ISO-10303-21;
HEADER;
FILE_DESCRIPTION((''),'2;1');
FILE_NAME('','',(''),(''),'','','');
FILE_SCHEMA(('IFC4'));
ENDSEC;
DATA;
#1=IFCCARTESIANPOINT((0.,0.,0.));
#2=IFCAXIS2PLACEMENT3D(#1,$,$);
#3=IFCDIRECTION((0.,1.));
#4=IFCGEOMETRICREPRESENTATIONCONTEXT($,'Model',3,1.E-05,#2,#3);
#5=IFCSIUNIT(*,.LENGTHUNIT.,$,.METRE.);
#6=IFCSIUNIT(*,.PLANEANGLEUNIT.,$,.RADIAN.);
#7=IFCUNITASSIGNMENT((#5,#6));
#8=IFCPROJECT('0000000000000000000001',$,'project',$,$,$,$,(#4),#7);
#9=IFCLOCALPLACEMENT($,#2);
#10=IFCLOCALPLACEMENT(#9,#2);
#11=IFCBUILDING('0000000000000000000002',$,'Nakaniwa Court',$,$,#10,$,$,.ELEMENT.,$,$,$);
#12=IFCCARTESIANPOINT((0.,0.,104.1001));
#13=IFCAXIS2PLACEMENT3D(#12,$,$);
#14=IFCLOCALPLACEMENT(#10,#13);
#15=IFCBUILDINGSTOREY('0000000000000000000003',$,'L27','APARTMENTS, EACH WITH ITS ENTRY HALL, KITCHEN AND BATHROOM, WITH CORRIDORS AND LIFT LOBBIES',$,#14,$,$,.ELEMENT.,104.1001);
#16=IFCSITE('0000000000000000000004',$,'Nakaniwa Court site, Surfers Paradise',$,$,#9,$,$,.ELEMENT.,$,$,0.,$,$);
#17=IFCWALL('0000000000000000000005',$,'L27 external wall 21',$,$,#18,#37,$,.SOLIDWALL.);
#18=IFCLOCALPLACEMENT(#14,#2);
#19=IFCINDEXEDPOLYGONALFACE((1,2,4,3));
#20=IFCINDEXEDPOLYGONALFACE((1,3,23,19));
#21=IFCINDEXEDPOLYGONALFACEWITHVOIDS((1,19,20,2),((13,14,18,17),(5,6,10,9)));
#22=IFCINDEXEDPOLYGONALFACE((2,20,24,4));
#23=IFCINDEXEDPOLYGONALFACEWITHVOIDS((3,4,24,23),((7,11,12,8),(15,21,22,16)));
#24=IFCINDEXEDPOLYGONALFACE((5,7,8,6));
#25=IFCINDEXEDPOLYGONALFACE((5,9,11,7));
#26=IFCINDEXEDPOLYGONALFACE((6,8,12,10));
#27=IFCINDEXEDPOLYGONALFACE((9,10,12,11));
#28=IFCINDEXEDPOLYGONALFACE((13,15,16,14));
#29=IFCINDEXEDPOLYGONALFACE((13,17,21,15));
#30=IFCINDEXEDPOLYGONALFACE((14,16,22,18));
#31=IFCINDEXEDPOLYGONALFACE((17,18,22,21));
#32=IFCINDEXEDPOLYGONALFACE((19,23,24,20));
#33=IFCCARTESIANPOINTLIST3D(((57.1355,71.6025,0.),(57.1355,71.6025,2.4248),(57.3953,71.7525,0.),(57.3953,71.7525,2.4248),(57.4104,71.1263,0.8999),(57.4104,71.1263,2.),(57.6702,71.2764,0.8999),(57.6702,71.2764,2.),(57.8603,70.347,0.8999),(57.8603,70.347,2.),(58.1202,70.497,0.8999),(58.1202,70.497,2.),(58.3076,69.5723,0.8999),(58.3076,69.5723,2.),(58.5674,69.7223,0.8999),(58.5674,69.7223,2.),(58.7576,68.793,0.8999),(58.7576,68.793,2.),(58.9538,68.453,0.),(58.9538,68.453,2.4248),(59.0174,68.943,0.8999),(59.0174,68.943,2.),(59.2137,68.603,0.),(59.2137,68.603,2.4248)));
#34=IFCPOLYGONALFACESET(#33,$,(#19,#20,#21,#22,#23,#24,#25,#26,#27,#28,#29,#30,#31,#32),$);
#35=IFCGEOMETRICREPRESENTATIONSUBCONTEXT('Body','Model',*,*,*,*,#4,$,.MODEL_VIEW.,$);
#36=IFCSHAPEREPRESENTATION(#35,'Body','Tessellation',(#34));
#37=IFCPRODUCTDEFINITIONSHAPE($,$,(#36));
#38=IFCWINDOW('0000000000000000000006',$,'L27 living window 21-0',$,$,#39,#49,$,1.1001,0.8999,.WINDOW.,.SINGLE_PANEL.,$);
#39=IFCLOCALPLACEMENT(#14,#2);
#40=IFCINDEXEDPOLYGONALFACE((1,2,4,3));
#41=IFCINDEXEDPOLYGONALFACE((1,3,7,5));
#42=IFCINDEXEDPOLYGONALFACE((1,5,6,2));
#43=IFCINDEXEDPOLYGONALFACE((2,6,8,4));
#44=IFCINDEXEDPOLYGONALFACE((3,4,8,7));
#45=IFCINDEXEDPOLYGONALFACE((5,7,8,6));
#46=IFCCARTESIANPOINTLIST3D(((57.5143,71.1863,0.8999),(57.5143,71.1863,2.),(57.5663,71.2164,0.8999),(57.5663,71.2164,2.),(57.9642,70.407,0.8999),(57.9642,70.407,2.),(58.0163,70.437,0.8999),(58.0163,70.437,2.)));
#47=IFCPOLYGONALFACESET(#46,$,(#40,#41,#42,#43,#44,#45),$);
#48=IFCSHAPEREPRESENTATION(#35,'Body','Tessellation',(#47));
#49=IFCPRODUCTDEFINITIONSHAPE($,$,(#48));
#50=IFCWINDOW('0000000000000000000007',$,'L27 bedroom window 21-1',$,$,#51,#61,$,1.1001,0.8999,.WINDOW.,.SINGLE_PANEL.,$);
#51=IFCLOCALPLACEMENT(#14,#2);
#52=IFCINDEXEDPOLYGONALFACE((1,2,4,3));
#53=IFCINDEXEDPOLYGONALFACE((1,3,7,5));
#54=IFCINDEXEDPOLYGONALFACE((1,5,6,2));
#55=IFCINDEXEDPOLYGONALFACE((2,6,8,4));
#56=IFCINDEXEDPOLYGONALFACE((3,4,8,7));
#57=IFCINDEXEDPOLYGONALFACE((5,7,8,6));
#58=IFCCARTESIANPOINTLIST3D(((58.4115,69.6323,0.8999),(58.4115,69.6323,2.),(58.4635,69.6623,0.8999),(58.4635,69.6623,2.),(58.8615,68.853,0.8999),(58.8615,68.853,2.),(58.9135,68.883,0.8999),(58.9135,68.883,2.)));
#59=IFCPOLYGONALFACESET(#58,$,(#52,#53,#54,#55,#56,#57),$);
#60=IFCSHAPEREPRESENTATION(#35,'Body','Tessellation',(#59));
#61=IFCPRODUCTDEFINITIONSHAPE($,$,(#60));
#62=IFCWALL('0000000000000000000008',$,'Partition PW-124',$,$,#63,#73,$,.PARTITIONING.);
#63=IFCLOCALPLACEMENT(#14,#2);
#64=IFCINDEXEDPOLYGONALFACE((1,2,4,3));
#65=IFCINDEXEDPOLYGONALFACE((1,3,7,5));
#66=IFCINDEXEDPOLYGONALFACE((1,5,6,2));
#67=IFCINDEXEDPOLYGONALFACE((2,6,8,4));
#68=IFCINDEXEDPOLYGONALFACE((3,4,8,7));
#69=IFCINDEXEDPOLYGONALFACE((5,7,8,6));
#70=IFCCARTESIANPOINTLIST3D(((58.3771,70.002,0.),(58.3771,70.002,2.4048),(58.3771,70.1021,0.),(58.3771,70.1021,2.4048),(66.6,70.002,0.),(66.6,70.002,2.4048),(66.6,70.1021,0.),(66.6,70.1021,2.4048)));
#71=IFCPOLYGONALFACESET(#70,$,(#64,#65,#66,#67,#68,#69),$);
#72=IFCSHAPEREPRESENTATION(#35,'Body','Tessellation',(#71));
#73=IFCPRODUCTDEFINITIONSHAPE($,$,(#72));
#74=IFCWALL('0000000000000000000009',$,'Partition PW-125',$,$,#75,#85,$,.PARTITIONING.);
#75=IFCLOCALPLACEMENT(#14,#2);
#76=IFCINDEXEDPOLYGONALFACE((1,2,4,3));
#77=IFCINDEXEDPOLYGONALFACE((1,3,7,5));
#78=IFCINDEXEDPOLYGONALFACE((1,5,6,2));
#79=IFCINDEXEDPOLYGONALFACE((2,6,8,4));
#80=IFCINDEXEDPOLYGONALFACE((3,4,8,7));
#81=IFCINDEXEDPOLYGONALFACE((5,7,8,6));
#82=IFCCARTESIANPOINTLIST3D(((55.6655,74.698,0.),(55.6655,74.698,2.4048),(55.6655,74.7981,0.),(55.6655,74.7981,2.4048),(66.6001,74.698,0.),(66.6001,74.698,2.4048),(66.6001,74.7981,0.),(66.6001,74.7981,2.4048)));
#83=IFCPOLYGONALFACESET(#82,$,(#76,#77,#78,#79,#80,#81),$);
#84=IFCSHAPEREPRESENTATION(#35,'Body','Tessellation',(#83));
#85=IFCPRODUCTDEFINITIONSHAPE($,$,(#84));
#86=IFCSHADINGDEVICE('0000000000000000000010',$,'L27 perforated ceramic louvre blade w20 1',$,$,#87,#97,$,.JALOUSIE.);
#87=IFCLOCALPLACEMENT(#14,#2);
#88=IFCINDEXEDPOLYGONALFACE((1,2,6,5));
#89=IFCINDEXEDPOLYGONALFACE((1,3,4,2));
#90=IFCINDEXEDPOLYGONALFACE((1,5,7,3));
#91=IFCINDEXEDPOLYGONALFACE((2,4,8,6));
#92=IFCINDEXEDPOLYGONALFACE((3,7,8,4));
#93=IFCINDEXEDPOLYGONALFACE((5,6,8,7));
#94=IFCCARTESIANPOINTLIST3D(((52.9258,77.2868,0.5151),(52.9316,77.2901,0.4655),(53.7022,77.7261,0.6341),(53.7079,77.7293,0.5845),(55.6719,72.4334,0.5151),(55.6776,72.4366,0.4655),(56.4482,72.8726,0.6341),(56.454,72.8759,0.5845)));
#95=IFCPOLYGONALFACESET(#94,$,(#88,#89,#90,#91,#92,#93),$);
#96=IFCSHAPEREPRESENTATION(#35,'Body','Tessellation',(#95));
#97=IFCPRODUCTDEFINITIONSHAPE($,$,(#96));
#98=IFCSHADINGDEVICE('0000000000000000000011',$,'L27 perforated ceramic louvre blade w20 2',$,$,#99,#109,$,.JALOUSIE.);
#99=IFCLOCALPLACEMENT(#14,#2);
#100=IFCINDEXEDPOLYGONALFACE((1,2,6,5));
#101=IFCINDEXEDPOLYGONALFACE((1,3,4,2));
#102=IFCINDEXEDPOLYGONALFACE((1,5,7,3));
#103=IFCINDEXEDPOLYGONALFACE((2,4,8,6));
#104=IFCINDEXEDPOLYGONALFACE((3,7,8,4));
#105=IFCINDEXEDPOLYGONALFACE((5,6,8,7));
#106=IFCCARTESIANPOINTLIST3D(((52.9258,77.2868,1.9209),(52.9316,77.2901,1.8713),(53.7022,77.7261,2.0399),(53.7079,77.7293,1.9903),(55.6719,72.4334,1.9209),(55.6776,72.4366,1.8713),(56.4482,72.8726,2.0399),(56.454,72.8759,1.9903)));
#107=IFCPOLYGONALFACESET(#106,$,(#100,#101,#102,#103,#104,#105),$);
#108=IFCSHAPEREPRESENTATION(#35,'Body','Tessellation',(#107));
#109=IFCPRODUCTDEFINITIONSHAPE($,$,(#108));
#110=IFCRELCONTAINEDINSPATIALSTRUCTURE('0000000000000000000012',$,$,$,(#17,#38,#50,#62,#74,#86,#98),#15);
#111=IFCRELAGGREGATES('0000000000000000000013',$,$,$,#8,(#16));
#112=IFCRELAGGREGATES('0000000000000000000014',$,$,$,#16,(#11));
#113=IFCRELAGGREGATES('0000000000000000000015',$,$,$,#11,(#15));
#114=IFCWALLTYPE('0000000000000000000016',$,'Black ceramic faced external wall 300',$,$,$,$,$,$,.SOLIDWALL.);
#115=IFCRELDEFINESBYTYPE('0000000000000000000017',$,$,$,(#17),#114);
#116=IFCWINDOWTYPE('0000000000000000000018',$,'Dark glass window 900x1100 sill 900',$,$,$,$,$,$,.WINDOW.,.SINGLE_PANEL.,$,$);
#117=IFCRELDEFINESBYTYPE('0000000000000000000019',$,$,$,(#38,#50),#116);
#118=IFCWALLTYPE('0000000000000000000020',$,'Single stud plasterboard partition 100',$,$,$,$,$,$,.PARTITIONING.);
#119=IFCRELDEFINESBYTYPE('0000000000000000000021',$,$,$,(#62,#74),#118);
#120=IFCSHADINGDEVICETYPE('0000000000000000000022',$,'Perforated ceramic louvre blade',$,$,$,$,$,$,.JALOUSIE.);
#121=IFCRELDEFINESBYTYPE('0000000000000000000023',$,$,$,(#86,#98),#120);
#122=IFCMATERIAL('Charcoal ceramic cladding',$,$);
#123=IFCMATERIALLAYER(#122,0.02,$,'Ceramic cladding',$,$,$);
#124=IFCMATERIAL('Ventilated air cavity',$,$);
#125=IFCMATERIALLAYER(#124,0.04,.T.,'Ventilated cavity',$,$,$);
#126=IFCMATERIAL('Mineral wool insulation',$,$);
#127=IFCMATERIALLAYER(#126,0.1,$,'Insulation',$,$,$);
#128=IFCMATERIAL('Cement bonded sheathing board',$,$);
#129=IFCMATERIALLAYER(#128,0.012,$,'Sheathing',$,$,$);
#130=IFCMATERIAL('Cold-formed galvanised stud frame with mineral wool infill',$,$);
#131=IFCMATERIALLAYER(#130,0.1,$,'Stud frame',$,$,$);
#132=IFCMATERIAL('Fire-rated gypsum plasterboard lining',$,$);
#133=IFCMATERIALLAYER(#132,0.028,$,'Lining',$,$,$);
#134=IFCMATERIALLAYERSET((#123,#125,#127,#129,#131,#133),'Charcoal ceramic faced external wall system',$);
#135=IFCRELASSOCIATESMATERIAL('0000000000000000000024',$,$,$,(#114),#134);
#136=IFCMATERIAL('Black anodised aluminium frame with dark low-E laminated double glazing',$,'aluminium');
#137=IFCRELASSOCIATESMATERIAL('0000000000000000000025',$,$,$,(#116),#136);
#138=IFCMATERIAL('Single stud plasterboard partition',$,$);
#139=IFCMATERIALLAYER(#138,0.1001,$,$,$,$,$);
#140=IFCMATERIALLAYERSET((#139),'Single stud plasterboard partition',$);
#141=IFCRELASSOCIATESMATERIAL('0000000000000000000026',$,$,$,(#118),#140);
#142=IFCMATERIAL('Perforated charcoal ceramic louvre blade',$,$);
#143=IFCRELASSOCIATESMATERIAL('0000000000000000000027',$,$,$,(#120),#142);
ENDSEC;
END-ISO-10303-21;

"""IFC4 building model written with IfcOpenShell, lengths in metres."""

from ifc_helpers import new_model, si_unit, direction, frame, frame_2d, origin, origin_2d, place, context, subcontext, project, spatial, rectangle, extrude, material, layer, layer_set, material_profile, profile_set, type_object, element, fill, save


model = new_model("IFC4")

# Units and contexts
model_context = context("Model", 3, precision=1e-05, world=origin(), true_north=direction((0.0, 1.0)))
body_context = subcontext(model_context, "Body", "Model", "MODEL_VIEW")
ifc_project = project(units=[si_unit("LENGTHUNIT", "METRE"), si_unit("PLANEANGLEUNIT", "RADIAN")], contexts=[model_context])

# Site, building, storey
site_placement = place(None, origin())
site = spatial("IfcSite", under=ifc_project, at=site_placement, Name="Nakaniwa Court site, Surfers Paradise", CompositionType="ELEMENT", RefElevation=0.0)
building_placement = place(site_placement, origin())
building = spatial("IfcBuilding", under=site, at=building_placement, Name="Nakaniwa Court", CompositionType="ELEMENT")
storey_placement = place(building_placement, frame((0.0, 0.0, 104.1001)))
storey = spatial("IfcBuildingStorey", under=building, at=storey_placement, Name="L27", Description="APARTMENTS, EACH WITH ITS ENTRY HALL, KITCHEN AND BATHROOM, WITH CORRIDORS AND LIFT LOBBIES", CompositionType="ELEMENT", Elevation=104.1001)

# Shared definitions
ifc_material_1 = material(Name="Charcoal ceramic cladding")
ifc_layer_1 = layer(ifc_material_1, 0.02, Name="Ceramic cladding")
ifc_material_2 = material(Name="Ventilated air cavity")
ifc_layer_2 = layer(ifc_material_2, 0.04, ventilated=True, Name="Ventilated cavity")
ifc_material_3 = material(Name="Mineral wool insulation")
ifc_layer_3 = layer(ifc_material_3, 0.1, Name="Insulation")
ifc_material_4 = material(Name="Cement bonded sheathing board")
ifc_layer_4 = layer(ifc_material_4, 0.012, Name="Sheathing")
ifc_material_5 = material(Name="Cold-formed galvanised stud frame with mineral wool infill")
ifc_layer_5 = layer(ifc_material_5, 0.1, Name="Stud frame")
ifc_material_6 = material(Name="Fire-rated gypsum plasterboard lining")
ifc_layer_6 = layer(ifc_material_6, 0.028, Name="Lining")
ifc_layer_set_1 = layer_set([ifc_layer_1, ifc_layer_2, ifc_layer_3, ifc_layer_4, ifc_layer_5, ifc_layer_6], Name="Charcoal ceramic faced external wall system")
wall_type_1 = type_object("IfcWallType", Name="Black ceramic faced external wall 300", PredefinedType="SOLIDWALL", material=ifc_layer_set_1)
ifc_material_7 = material(Name="Black anodised aluminium frame with dark low-E laminated double glazing", Category="aluminium")

# Wall, openings, windows
window_type_1 = type_object("IfcWindowType", Name="Dark glass window 900x1100 sill 900", PartitioningType="SINGLE_PANEL", PredefinedType="WINDOW", material=ifc_material_7)
wall_1_placement = place(storey_placement, frame((57.2654, 71.6775, 0.0), z_axis=(0.0, 0.0, 1.0), x_axis=(0.500009, -0.86602, 0.0)))
wall_1 = element("IfcWall", 1, at=wall_1_placement, inside=storey, type_object=wall_type_1, Name="L27 external wall 21", PredefinedType="SOLIDWALL", context=body_context, shape_type="SweptSolid", body=[
    extrude(rectangle(XDim=3.6367, YDim=0.3, at=frame_2d((1.8184, 0.0))), origin(), (0.0, 0.0, 1.0), 2.4248),
])
opening_1_placement = place(wall_1_placement, frame((0.5498, 0.0, 0.8999)))
opening_1 = element("IfcOpeningElement", 2, at=opening_1_placement, cuts=wall_1, PredefinedType="OPENING", context=body_context, shape_type="SweptSolid", body=[
    extrude(rectangle(XDim=0.8999, YDim=1.1001, at=frame_2d((0.45, 0.55))), frame((0.0, 0.1599, 0.0), z_axis=(0.0, -1.0, 0.0), x_axis=(1.0, 0.0, 0.0)), (0.0, 0.0, 1.0), 0.3201),
])
opening_2_placement = place(wall_1_placement, frame((2.3442, 0.0, 0.8999)))
opening_2 = element("IfcOpeningElement", 3, at=opening_2_placement, cuts=wall_1, PredefinedType="OPENING", context=body_context, shape_type="SweptSolid", body=[
    extrude(rectangle(XDim=0.8999, YDim=1.1001, at=frame_2d((0.45, 0.55))), frame((0.0, 0.1599, 0.0), z_axis=(0.0, -1.0, 0.0), x_axis=(1.0, 0.0, 0.0)), (0.0, 0.0, 1.0), 0.3201),
])
window_1_placement = place(opening_1_placement, origin())
window_1 = element("IfcWindow", 4, at=window_1_placement, inside=storey, type_object=window_type_1, Name="L27 living window 21-0", OverallHeight=1.1001, OverallWidth=0.8999, PartitioningType="SINGLE_PANEL", PredefinedType="WINDOW", context=body_context, shape_type="SweptSolid", body=[
    extrude(rectangle(XDim=0.8999, YDim=1.1001, at=frame_2d((0.45, 0.55))), frame((0.0, 0.03, 0.0), z_axis=(0.0, -1.0, 0.0), x_axis=(1.0, 0.0, 0.0)), (0.0, 0.0, 1.0), 0.0601),
])
fill(opening_1, window_1)
window_2_placement = place(opening_2_placement, origin())
window_2 = element("IfcWindow", 5, at=window_2_placement, inside=storey, type_object=window_type_1, Name="L27 bedroom window 21-1", OverallHeight=1.1001, OverallWidth=0.8999, PartitioningType="SINGLE_PANEL", PredefinedType="WINDOW", context=body_context, shape_type="SweptSolid", body=[
    extrude(rectangle(XDim=0.8999, YDim=1.1001, at=frame_2d((0.45, 0.55))), frame((0.0, 0.03, 0.0), z_axis=(0.0, -1.0, 0.0), x_axis=(1.0, 0.0, 0.0)), (0.0, 0.0, 1.0), 0.0601),
])
fill(opening_2, window_2)

# Walls
ifc_material_8 = material(Name="Single stud plasterboard partition")
ifc_layer_7 = layer(ifc_material_8, 0.1001)
ifc_layer_set_2 = layer_set([ifc_layer_7], Name="Single stud plasterboard partition")
wall_type_2 = type_object("IfcWallType", Name="Single stud plasterboard partition 100", PredefinedType="PARTITIONING", material=ifc_layer_set_2)
wall_2_placement = place(storey_placement, frame((58.3772, 70.052, 0.0), z_axis=(0.0, 0.0, 1.0), x_axis=(1.0, 0.0, 0.0)))
element("IfcWall", 6, at=wall_2_placement, inside=storey, type_object=wall_type_2, Name="Partition PW-124", PredefinedType="PARTITIONING", context=body_context, shape_type="SweptSolid", body=[
    extrude(rectangle(XDim=8.2229, YDim=0.1001, at=frame_2d((4.1113, 0.0))), origin(), (0.0, 0.0, 1.0), 2.4048),
])
wall_3_placement = place(storey_placement, frame((55.6655, 74.748, 0.0), z_axis=(0.0, 0.0, 1.0), x_axis=(1.0, 0.0, 0.0)))
element("IfcWall", 7, at=wall_3_placement, inside=storey, type_object=wall_type_2, Name="Partition PW-125", PredefinedType="PARTITIONING", context=body_context, shape_type="SweptSolid", body=[
    extrude(rectangle(XDim=10.9346, YDim=0.1001, at=frame_2d((5.4673, 0.0))), origin(), (0.0, 0.0, 1.0), 2.4048),
])

# Shading devices
ifc_material_9 = material(Name="Perforated charcoal ceramic louvre blade")
ifc_material_profile_1 = material_profile(ifc_material_9, rectangle(XDim=0.8999, YDim=0.05, at=origin_2d()), Name="Perforated ceramic louvre blade")
ifc_profile_set_1 = profile_set([ifc_material_profile_1], Name="Perforated charcoal ceramic louvre blade")
shading_device_type = type_object("IfcShadingDeviceType", Name="Perforated ceramic louvre blade", PredefinedType="JALOUSIE", material=ifc_profile_set_1)
for number, where, z_axis, x_axis, name in (
    (8, (53.3169, 77.5081, 0.5498), (0.492438, -0.870347, 0.0), (0.862702, 0.488112, 0.132256), "L27 perforated ceramic louvre blade w20 1"),
    (9, (53.3169, 77.5081, 1.9556), (0.492438, -0.870347, 0.0), (0.862702, 0.488112, 0.132256), "L27 perforated ceramic louvre blade w20 2"),
):
    element("IfcShadingDevice", number, at=place(storey_placement, frame(where, z_axis=z_axis, x_axis=x_axis)), inside=storey, type_object=shading_device_type, Name=name, PredefinedType="JALOUSIE", context=body_context, shape_type="SweptSolid", body=[
        extrude(rectangle(XDim=0.8999, YDim=0.05, at=origin_2d()), origin(), (0.0, 0.0, 1.0), 5.5764),
    ])

save(model, "model.ifc")
